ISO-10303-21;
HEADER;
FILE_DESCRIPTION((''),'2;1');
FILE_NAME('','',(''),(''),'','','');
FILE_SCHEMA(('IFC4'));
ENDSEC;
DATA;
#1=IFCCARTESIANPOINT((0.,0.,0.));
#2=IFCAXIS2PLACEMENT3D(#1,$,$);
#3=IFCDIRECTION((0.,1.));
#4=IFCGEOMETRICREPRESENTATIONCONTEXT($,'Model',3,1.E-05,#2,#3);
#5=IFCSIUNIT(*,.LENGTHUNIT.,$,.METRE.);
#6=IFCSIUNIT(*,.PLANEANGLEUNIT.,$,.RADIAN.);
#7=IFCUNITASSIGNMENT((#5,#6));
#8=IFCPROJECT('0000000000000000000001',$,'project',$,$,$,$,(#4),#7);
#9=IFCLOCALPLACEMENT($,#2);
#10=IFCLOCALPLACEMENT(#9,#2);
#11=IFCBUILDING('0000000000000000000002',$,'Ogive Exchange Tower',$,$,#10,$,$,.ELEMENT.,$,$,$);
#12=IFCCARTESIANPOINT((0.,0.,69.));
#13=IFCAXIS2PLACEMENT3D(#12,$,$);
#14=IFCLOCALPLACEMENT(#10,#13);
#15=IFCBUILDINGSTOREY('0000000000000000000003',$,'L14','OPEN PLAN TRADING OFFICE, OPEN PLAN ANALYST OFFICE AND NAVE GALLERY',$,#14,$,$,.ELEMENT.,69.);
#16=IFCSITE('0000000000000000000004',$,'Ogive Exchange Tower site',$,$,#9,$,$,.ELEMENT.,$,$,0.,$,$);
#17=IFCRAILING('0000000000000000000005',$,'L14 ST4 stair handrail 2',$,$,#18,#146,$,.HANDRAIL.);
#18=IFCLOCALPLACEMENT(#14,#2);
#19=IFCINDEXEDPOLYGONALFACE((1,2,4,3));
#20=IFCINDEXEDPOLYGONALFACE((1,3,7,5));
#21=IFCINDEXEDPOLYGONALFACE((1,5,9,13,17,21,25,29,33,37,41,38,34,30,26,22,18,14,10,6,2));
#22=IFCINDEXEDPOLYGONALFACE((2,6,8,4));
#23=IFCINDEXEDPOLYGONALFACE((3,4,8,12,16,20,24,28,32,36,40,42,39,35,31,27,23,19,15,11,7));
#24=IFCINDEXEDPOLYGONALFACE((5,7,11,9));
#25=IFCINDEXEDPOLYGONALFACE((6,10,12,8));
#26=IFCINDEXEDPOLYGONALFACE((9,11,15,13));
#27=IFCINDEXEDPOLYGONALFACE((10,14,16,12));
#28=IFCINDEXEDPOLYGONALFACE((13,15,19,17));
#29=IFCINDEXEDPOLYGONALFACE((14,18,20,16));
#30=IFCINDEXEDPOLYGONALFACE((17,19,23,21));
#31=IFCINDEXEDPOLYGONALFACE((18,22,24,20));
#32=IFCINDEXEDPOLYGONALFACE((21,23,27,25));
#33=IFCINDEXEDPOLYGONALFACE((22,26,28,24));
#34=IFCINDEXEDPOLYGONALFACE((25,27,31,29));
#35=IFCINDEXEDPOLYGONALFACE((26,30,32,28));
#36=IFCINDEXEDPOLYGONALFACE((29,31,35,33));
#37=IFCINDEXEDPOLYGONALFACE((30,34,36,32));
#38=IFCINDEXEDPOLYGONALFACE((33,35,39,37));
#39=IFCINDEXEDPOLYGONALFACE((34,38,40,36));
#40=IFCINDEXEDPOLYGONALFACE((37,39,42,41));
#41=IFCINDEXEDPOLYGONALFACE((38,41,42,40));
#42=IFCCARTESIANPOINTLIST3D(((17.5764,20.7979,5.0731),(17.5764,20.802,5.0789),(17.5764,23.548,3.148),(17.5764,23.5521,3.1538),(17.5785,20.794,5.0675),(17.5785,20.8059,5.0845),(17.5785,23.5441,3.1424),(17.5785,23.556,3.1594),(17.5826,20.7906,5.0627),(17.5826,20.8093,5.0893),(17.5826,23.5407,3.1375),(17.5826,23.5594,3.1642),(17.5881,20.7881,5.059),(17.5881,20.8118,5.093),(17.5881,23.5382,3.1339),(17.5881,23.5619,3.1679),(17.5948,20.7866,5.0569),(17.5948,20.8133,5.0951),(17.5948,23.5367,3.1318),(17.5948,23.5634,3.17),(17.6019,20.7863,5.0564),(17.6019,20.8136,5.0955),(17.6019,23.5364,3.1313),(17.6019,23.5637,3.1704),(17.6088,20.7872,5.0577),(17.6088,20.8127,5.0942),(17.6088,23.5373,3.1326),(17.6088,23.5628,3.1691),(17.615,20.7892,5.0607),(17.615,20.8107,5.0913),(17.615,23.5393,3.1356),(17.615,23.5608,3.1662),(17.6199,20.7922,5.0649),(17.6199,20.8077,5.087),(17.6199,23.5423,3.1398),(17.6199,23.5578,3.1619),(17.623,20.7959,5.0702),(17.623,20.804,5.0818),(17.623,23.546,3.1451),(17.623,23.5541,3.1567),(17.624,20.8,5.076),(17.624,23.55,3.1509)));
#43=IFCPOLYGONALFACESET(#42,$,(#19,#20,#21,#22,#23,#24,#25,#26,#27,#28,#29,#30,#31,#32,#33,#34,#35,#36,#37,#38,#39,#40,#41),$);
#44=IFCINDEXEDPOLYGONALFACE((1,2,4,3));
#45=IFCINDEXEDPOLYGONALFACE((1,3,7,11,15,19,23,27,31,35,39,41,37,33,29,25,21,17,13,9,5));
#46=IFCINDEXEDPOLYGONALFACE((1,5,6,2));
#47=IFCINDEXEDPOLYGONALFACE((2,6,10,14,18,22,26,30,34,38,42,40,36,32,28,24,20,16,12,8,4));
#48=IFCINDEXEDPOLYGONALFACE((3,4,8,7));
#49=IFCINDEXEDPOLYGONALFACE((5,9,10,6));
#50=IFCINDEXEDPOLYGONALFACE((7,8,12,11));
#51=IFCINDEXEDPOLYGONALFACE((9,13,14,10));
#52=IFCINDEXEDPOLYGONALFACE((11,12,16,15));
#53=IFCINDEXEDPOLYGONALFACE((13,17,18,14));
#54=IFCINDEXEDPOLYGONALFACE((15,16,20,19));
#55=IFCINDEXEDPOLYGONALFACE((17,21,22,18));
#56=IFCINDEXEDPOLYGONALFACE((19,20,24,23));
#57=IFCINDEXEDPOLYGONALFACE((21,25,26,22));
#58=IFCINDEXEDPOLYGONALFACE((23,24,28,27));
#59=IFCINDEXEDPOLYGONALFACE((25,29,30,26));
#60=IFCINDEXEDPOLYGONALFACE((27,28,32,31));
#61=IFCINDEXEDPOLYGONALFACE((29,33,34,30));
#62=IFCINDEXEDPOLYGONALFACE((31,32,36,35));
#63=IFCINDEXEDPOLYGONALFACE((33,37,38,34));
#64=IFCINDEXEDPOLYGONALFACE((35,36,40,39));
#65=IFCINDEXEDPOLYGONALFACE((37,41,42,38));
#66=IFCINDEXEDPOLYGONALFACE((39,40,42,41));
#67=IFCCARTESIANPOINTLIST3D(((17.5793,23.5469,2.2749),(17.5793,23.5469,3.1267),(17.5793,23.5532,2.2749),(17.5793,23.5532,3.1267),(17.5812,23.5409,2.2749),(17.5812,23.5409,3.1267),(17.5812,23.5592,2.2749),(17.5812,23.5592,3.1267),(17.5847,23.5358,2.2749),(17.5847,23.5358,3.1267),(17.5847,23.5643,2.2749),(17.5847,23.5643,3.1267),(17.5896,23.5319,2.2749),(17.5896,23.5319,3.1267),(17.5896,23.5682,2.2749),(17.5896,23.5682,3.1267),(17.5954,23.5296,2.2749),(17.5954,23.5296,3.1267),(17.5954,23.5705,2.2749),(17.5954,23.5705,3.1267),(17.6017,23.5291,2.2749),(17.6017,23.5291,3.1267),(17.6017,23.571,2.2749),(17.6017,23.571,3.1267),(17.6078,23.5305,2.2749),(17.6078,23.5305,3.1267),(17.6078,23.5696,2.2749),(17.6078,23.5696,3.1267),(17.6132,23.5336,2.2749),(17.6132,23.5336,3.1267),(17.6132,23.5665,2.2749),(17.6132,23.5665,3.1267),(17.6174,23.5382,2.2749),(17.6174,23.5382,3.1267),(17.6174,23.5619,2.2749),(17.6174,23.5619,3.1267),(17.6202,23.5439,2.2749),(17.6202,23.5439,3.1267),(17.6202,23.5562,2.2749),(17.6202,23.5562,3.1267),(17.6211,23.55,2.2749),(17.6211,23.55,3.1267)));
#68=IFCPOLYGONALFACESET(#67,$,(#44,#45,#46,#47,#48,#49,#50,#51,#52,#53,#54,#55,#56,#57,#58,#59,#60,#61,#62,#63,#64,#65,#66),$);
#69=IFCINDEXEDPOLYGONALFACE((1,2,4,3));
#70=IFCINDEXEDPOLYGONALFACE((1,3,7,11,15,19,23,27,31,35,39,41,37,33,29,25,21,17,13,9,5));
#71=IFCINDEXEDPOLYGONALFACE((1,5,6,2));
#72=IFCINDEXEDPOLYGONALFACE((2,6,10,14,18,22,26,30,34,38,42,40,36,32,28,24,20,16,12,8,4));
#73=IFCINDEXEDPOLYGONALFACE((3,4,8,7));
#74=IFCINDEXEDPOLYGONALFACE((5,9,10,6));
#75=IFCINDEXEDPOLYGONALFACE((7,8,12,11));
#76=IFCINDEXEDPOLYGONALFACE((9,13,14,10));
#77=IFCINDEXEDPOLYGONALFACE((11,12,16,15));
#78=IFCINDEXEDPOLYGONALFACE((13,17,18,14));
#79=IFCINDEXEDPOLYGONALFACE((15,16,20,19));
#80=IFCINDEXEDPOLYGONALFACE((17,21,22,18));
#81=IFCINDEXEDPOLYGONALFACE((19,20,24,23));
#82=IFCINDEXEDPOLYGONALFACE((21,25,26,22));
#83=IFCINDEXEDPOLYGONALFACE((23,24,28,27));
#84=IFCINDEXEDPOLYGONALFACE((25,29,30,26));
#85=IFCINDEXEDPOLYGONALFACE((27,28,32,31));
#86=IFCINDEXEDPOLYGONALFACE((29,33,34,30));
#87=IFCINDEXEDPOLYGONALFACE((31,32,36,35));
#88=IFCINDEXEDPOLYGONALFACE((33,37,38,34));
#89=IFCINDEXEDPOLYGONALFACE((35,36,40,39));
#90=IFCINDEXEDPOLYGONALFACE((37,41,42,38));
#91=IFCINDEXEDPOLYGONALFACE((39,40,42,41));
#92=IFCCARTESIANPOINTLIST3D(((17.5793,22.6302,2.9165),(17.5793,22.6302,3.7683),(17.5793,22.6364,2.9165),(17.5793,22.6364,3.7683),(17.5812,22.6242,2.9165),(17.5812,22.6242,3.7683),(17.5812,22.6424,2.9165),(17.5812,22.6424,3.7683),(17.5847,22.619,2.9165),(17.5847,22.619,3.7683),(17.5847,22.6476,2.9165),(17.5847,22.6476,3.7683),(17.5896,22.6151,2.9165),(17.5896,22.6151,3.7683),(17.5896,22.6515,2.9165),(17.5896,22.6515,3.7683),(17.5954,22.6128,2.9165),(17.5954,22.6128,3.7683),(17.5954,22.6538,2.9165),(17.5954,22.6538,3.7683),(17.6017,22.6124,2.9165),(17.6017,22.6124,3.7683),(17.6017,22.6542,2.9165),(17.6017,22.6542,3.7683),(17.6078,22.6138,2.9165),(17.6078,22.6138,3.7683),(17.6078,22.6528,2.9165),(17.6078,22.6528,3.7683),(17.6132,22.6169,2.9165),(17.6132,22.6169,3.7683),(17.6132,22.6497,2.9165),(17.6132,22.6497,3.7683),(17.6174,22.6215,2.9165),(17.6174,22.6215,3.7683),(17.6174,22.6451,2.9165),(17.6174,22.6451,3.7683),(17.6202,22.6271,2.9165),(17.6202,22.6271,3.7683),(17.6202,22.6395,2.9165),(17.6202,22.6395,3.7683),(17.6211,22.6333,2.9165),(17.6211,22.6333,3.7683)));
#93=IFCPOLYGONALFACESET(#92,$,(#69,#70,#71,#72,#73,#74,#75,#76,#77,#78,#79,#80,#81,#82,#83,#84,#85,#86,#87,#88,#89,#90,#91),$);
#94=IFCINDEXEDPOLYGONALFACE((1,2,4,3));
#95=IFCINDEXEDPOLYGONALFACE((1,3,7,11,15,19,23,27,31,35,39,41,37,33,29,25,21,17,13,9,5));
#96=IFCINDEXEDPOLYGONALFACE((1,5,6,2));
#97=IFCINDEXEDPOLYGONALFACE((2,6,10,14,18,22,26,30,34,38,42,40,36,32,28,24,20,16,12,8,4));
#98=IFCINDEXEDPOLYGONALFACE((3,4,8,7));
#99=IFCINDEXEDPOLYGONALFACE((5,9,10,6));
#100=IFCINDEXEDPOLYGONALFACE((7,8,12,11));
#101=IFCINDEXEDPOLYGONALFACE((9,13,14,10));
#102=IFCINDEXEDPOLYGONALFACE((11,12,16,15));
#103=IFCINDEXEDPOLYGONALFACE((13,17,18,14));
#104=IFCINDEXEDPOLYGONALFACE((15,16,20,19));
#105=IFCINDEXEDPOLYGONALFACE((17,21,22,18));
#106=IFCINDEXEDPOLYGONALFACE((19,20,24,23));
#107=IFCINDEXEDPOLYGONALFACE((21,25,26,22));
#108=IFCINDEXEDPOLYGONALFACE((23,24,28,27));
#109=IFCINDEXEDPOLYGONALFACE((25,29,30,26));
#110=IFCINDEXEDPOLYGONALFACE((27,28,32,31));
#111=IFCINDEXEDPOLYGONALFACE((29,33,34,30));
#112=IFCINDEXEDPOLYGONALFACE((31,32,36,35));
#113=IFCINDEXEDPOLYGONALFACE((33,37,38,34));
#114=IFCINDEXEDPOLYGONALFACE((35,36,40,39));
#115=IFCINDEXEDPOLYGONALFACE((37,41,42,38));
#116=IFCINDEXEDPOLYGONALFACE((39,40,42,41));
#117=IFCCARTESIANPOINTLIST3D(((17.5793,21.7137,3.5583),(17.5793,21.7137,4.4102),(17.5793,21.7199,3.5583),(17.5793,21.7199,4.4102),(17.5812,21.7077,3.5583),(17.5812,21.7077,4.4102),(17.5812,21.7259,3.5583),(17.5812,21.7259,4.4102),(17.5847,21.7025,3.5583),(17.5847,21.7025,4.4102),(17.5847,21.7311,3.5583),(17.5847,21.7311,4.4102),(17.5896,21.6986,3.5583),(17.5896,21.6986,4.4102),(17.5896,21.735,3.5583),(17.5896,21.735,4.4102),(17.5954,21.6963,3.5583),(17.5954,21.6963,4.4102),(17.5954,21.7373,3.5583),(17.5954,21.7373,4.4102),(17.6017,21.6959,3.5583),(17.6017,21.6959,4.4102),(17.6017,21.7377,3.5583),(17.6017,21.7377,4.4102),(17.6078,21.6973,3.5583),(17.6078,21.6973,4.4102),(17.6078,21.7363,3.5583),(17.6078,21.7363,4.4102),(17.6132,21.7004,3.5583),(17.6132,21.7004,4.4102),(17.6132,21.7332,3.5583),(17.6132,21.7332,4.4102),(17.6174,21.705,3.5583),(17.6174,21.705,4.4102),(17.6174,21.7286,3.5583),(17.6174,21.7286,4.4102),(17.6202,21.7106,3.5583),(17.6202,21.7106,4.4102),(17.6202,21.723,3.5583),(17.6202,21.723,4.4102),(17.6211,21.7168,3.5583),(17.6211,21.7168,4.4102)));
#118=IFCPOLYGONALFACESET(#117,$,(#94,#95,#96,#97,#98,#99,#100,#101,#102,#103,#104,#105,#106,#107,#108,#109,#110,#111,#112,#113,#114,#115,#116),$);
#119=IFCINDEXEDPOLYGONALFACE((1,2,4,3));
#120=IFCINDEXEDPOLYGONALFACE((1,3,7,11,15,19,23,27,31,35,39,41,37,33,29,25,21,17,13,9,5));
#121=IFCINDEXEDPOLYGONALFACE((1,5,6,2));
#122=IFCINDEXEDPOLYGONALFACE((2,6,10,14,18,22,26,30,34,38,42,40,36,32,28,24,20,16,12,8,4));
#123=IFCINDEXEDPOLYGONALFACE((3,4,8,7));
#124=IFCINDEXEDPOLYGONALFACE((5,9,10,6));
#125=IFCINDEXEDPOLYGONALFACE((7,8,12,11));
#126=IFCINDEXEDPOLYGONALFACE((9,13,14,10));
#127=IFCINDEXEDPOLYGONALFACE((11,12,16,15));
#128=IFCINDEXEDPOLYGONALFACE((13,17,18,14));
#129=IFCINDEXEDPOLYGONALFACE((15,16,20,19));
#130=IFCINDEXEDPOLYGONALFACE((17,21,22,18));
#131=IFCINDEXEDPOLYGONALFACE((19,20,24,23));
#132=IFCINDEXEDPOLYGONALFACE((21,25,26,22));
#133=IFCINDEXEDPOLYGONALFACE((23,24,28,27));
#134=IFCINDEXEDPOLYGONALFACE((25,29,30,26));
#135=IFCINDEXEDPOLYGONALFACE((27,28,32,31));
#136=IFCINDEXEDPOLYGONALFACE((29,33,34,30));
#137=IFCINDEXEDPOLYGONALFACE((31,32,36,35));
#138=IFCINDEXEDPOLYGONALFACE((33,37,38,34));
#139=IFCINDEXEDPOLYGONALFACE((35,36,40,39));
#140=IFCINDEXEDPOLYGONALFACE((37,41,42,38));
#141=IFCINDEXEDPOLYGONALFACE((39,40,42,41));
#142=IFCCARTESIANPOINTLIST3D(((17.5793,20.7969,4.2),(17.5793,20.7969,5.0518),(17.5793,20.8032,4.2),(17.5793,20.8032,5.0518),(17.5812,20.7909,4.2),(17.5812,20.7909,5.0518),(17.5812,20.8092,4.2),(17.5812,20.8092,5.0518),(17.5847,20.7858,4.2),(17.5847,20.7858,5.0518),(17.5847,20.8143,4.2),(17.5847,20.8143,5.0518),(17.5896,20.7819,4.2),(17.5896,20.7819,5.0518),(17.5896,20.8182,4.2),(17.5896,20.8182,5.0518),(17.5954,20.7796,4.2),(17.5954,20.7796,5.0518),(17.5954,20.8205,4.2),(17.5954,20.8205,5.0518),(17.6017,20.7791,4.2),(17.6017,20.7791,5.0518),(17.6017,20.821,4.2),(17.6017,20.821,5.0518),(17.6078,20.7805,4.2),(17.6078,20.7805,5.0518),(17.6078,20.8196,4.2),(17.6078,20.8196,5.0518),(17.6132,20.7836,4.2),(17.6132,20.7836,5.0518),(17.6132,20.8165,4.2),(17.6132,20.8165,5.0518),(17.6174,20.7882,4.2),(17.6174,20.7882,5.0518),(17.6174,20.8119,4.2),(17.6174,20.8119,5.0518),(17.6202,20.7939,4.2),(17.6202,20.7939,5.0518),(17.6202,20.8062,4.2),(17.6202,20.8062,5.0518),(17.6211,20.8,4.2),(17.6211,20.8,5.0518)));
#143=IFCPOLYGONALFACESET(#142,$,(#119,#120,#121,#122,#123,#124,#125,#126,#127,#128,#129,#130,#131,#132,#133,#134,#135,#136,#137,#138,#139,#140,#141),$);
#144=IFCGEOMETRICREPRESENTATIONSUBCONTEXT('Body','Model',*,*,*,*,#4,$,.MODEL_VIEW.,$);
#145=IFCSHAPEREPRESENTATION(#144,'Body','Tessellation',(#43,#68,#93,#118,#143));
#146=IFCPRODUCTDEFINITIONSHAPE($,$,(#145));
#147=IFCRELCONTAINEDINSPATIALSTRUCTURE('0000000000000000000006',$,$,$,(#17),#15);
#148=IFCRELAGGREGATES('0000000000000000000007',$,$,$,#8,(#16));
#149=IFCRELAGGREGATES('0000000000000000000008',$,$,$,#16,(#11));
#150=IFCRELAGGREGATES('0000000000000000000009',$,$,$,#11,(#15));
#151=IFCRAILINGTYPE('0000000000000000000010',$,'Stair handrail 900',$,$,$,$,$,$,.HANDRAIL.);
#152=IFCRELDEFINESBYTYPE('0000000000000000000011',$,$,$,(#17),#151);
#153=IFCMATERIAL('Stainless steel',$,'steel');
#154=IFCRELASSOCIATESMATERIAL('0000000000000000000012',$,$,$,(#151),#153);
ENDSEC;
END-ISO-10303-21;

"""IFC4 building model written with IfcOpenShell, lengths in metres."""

from ifc_helpers import new_model, si_unit, direction, frame, origin, origin_2d, place, context, subcontext, project, spatial, circle, extrude, material, type_object, element, save


model = new_model("IFC4")

# Units and contexts
model_context = context("Model", 3, precision=1e-05, world=origin(), true_north=direction((0.0, 1.0)))
body_context = subcontext(model_context, "Body", "Model", "MODEL_VIEW")
ifc_project = project(units=[si_unit("LENGTHUNIT", "METRE"), si_unit("PLANEANGLEUNIT", "RADIAN")], contexts=[model_context])

# Site, building, storey
site_placement = place(None, origin())
site = spatial("IfcSite", under=ifc_project, at=site_placement, Name="Ogive Exchange Tower site", CompositionType="ELEMENT", RefElevation=0.0)
building_placement = place(site_placement, origin())
building = spatial("IfcBuilding", under=site, at=building_placement, Name="Ogive Exchange Tower", CompositionType="ELEMENT")
storey_placement = place(building_placement, frame((0.0, 0.0, 69.0)))
storey = spatial("IfcBuildingStorey", under=building, at=storey_placement, Name="L14", Description="OPEN PLAN TRADING OFFICE, OPEN PLAN ANALYST OFFICE AND NAVE GALLERY", CompositionType="ELEMENT", Elevation=69.0)

# Railing
ifc_material_1 = material(Name="Stainless steel", Category="steel")
railing_type = type_object("IfcRailingType", Name="Stair handrail 900", PredefinedType="HANDRAIL", material=ifc_material_1)
railing_1_placement = place(storey_placement, frame((17.6001, 23.55, 2.2749)))
element("IfcRailing", 1, at=railing_1_placement, inside=storey, type_object=railing_type, Name="L14 ST4 stair handrail 2", PredefinedType="HANDRAIL", context=body_context, shape_type="SweptSolid", body=[
    extrude(circle(Radius=0.0239, at=origin_2d()), frame((0.0, 0.0, 0.876), z_axis=(0.0, -0.819225, 0.573472), x_axis=(1.0, 0.0, 0.0)), (0.0, 0.0, 1.0), 3.3569),
    extrude(circle(Radius=0.021, at=origin_2d()), origin(), (0.0, 0.0, 1.0), 0.8518),
    extrude(circle(Radius=0.021, at=origin_2d()), frame((0.0, -0.9167, 0.6416)), (0.0, 0.0, 1.0), 0.8518),
    extrude(circle(Radius=0.021, at=origin_2d()), frame((0.0, -1.8333, 1.2834)), (0.0, 0.0, 1.0), 0.8518),
    extrude(circle(Radius=0.021, at=origin_2d()), frame((0.0, -2.75, 1.925)), (0.0, 0.0, 1.0), 0.8518),
])

save(model, "model.ifc")
